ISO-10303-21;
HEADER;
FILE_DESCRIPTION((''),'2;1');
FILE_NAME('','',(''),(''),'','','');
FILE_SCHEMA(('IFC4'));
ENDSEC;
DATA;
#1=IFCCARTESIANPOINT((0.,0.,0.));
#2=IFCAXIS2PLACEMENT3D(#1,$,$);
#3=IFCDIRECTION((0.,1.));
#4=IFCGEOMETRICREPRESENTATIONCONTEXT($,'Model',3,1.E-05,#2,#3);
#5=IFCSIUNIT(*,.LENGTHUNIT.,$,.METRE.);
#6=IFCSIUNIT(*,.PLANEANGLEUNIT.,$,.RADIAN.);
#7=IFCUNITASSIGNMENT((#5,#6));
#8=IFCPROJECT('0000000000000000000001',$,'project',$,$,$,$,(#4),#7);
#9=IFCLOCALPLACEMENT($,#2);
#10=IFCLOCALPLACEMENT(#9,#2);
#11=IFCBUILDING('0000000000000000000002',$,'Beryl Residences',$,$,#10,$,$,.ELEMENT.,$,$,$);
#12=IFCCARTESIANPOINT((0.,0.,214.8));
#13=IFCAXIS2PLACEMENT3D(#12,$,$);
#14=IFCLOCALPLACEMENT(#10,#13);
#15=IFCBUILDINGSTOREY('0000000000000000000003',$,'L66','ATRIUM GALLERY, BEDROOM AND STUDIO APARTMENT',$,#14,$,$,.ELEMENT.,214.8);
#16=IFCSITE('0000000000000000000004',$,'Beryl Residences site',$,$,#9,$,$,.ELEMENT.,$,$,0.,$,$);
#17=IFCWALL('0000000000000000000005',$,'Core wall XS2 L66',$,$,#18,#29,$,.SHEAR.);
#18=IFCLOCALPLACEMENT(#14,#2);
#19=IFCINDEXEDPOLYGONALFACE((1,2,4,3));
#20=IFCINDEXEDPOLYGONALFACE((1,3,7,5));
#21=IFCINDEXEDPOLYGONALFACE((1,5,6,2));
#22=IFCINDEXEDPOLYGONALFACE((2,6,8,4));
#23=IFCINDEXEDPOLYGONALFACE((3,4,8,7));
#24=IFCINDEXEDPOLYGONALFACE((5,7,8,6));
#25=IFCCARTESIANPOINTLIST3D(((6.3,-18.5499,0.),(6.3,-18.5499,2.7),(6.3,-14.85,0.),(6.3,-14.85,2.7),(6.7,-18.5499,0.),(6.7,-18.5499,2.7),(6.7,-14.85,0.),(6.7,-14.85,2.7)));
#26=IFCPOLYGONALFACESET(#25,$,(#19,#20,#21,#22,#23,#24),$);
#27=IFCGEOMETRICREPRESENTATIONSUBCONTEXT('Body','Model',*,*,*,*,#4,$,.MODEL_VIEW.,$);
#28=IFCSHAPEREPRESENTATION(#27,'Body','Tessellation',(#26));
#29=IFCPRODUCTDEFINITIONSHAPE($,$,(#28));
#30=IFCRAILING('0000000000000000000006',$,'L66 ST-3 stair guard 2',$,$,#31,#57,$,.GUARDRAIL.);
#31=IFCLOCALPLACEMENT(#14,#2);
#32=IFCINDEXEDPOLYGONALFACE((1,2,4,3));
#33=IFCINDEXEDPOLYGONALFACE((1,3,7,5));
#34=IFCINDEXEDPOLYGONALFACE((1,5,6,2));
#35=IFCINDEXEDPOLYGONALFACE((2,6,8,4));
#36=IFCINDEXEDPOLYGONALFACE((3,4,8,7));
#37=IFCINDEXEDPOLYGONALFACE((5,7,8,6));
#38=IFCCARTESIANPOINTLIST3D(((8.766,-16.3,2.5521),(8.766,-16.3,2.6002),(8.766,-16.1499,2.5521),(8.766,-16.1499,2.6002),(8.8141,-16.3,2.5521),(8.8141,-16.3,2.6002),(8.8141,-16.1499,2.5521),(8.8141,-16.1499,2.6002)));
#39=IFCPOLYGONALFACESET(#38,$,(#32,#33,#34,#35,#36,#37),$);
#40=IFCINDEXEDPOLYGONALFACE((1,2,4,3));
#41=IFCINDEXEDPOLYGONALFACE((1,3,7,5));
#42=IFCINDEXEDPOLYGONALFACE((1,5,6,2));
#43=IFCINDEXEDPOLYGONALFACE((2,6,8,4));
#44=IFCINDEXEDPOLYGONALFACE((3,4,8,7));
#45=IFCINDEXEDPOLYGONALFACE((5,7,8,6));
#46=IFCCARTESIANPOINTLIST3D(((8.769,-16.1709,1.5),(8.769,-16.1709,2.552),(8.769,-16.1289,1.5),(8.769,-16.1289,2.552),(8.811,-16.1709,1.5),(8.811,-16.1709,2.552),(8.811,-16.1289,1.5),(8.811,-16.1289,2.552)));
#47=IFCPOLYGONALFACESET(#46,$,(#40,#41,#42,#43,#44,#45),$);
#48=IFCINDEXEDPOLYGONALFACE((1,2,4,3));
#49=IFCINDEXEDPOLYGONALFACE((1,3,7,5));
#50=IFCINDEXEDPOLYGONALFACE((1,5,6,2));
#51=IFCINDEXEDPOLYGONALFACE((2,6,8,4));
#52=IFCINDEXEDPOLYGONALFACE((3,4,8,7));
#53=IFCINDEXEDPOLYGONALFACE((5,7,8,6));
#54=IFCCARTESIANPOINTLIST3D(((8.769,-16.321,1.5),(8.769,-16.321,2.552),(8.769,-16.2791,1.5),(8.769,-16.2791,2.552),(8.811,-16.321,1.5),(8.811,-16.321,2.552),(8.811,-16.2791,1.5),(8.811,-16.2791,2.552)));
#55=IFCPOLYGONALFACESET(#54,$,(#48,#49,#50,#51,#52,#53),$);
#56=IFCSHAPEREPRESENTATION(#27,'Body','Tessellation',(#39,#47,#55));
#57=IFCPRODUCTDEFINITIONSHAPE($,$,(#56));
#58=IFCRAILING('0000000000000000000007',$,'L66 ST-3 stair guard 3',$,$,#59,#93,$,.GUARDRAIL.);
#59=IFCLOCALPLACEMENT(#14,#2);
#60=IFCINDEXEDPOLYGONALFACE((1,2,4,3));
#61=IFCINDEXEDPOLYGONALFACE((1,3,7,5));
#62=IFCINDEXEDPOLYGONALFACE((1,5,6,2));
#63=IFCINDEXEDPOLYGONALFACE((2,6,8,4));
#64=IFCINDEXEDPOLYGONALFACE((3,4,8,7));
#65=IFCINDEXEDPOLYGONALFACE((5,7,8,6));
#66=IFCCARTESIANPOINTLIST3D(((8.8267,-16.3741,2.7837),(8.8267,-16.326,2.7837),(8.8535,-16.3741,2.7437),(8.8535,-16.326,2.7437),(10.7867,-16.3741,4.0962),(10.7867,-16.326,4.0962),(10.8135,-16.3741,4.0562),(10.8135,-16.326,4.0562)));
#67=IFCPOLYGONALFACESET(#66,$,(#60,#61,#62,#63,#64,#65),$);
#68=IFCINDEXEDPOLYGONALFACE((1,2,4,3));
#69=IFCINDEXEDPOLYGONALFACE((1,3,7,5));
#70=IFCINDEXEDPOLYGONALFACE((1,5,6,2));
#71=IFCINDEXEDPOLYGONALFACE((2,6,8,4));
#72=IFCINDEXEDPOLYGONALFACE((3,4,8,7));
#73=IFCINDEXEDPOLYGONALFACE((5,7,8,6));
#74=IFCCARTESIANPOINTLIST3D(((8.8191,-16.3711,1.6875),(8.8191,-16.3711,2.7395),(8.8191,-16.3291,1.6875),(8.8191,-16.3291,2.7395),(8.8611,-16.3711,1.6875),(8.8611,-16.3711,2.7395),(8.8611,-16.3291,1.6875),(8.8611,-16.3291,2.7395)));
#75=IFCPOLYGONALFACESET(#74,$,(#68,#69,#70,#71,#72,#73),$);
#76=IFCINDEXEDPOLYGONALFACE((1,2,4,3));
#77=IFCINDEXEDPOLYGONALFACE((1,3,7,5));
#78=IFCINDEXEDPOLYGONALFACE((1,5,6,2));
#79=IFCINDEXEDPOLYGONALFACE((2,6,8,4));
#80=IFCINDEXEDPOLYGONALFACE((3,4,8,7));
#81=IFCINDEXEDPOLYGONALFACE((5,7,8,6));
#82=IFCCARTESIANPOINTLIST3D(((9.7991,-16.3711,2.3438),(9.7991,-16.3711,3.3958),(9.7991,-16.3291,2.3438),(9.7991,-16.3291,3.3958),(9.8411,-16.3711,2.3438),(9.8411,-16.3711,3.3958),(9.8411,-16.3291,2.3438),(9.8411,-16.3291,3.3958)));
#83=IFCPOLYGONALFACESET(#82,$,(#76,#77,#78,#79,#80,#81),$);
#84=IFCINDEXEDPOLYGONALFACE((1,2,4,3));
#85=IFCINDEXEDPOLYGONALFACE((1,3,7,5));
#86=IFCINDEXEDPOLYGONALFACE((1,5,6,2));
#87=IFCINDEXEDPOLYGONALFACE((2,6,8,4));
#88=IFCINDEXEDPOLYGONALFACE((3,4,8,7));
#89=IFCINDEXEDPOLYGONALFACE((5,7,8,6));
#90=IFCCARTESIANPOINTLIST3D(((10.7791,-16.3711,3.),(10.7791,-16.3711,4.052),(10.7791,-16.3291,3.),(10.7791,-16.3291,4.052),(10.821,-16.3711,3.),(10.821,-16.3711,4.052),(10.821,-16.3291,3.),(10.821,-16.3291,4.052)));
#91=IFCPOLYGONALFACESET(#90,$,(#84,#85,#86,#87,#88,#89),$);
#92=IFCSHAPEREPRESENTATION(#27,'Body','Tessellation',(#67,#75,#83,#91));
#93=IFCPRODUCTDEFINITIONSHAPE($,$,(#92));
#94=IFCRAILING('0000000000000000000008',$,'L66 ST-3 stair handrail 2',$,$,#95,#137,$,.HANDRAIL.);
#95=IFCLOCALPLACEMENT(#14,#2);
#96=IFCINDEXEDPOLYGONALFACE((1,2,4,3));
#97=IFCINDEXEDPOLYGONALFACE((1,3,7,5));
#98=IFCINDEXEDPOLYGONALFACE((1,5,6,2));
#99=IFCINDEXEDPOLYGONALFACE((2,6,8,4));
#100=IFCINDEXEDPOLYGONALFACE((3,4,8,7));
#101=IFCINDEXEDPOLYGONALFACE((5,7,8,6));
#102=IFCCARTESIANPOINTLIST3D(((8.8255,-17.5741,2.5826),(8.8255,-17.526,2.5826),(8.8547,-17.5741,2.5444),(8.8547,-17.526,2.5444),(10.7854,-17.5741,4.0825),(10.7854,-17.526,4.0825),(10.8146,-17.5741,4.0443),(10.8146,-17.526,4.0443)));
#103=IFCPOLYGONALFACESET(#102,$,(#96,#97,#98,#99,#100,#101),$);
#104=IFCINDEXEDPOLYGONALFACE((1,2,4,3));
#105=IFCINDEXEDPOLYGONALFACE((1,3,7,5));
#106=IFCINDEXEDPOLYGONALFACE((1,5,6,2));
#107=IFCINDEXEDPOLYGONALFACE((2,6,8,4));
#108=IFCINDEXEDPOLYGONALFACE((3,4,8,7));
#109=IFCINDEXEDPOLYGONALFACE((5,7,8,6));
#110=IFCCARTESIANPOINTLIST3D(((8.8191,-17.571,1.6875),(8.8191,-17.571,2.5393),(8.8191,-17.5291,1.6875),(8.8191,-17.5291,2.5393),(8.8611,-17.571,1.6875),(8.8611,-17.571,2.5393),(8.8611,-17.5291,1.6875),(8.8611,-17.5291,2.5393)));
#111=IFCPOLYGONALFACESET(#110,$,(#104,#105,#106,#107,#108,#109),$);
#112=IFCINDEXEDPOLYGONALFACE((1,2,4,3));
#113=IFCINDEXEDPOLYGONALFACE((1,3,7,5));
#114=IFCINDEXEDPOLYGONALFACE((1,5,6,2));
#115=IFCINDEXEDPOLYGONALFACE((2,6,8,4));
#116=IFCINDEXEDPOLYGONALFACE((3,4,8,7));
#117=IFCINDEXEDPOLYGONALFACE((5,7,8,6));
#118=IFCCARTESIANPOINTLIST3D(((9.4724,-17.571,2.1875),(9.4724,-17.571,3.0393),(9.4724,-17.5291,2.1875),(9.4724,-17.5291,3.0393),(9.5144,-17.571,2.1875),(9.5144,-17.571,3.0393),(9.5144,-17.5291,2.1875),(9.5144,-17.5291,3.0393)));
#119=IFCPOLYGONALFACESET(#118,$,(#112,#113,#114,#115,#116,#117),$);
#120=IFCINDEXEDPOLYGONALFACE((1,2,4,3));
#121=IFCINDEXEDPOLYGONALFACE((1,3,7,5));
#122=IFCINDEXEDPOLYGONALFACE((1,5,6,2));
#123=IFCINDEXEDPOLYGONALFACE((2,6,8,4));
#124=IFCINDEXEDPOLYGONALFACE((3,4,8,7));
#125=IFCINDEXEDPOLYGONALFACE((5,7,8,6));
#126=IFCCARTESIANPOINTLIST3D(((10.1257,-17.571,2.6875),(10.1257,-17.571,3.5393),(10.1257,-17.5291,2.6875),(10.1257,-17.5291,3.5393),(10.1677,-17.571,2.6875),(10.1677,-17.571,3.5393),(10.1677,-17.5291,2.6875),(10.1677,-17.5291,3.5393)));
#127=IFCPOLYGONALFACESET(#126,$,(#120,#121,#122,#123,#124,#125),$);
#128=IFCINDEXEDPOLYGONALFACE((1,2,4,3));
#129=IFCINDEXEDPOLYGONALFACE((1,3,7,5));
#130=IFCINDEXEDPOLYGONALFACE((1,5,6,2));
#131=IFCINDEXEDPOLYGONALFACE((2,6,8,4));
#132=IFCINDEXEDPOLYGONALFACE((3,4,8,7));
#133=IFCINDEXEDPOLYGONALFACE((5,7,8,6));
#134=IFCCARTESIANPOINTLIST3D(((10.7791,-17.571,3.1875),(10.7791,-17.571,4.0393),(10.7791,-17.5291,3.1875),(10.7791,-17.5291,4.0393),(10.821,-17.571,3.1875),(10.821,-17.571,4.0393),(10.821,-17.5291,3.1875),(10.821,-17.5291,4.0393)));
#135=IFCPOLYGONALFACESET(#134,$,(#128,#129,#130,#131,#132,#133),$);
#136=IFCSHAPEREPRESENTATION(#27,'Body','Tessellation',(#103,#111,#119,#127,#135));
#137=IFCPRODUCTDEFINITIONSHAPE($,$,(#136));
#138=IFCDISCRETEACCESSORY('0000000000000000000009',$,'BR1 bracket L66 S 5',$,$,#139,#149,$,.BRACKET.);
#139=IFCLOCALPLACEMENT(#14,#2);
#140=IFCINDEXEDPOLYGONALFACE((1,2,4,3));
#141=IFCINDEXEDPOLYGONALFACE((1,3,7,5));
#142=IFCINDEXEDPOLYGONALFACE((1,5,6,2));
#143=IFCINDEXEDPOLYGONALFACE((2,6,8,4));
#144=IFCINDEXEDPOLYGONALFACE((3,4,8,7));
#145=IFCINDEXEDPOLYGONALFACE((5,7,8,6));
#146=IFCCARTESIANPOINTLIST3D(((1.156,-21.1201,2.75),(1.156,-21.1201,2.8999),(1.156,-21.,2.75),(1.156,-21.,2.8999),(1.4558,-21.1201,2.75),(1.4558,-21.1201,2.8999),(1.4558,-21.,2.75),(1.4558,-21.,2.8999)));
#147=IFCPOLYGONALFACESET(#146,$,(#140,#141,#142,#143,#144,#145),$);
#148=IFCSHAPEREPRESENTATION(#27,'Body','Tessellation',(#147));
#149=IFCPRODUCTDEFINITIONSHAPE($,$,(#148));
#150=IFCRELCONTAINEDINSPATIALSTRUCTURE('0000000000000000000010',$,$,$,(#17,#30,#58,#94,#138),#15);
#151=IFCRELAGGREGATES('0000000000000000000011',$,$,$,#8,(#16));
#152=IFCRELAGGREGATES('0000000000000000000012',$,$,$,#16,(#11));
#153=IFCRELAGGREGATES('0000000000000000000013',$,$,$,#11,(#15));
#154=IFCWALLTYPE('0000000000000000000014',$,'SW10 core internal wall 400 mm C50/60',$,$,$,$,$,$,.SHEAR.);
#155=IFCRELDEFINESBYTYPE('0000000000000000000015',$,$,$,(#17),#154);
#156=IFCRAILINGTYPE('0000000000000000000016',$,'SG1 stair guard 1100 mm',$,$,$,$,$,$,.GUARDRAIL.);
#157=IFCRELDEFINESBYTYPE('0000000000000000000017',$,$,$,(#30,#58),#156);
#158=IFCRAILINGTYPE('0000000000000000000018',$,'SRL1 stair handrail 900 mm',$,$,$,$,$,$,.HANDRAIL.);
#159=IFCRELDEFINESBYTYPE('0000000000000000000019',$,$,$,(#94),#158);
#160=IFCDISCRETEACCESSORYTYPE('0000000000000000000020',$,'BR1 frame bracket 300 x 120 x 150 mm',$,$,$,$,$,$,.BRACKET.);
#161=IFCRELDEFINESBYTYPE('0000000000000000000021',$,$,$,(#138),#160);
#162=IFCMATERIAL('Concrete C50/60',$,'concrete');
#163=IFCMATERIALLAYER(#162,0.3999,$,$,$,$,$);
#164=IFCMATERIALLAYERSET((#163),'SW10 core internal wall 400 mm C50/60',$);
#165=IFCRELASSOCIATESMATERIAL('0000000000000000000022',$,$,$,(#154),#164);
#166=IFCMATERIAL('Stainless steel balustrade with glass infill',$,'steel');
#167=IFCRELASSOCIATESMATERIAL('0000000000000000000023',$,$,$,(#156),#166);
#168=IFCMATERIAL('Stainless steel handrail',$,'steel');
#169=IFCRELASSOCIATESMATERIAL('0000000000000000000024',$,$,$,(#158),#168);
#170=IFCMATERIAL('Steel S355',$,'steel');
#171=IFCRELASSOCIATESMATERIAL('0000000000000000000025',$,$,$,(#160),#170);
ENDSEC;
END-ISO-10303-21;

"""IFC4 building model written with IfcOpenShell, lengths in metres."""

from ifc_helpers import new_model, si_unit, direction, frame, frame_2d, origin, origin_2d, place, context, subcontext, project, spatial, polyline, rectangle, outline, extrude, source, transform, mapped, material, layer, layer_set, type_object, type_shapes, element, save


model = new_model("IFC4")

# Units and contexts
model_context = context("Model", 3, precision=1e-05, world=origin(), true_north=direction((0.0, 1.0)))
body_context = subcontext(model_context, "Body", "Model", "MODEL_VIEW")
ifc_project = project(units=[si_unit("LENGTHUNIT", "METRE"), si_unit("PLANEANGLEUNIT", "RADIAN")], contexts=[model_context])

# Site, building, storey
site_placement = place(None, origin())
site = spatial("IfcSite", under=ifc_project, at=site_placement, Name="Beryl Residences site", CompositionType="ELEMENT", RefElevation=0.0)
building_placement = place(site_placement, origin())
building = spatial("IfcBuilding", under=site, at=building_placement, Name="Beryl Residences", CompositionType="ELEMENT")
storey_placement = place(building_placement, frame((0.0, 0.0, 214.8)))
storey = spatial("IfcBuildingStorey", under=building, at=storey_placement, Name="L66", Description="ATRIUM GALLERY, BEDROOM AND STUDIO APARTMENT", CompositionType="ELEMENT", Elevation=214.8)

# Wall
ifc_material_1 = material(Name="Concrete C50/60", Category="concrete")
ifc_layer_1 = layer(ifc_material_1, 0.3999)
ifc_layer_set_1 = layer_set([ifc_layer_1], Name="SW10 core internal wall 400 mm C50/60")
wall_type_1 = type_object("IfcWallType", Name="SW10 core internal wall 400 mm C50/60", PredefinedType="SHEAR", material=ifc_layer_set_1)
wall_1_placement = place(storey_placement, frame((6.5, -18.55, 0.0), z_axis=(0.0, 0.0, 1.0), x_axis=(0.0, 1.0, 0.0)))
element("IfcWall", 1, at=wall_1_placement, inside=storey, type_object=wall_type_1, Name="Core wall XS2 L66", PredefinedType="SHEAR", context=body_context, shape_type="SweptSolid", body=[
    extrude(rectangle(XDim=3.7, YDim=0.3999, at=frame_2d((1.8501, 0.0))), origin(), (0.0, 0.0, 1.0), 2.7),
])

# Railings
ifc_material_2 = material(Name="Stainless steel balustrade with glass infill", Category="steel")
railing_type_1 = type_object("IfcRailingType", Name="SG1 stair guard 1100 mm", PredefinedType="GUARDRAIL", material=ifc_material_2)
railing_1_placement = place(storey_placement, frame((8.79, -16.1499, 1.5)))
element("IfcRailing", 2, at=railing_1_placement, inside=storey, type_object=railing_type_1, Name="L66 ST-3 stair guard 2", PredefinedType="GUARDRAIL", context=body_context, shape_type="SweptSolid", body=[
    extrude(rectangle(XDim=0.0481, YDim=0.0481, at=origin_2d()), frame((0.0, 0.0, 1.0762), z_axis=(0.0, -1.0, 0.0), x_axis=(1.0, 0.0, 0.0)), (0.0, 0.0, 1.0), 0.1501),
    extrude(rectangle(XDim=0.042, YDim=0.042, at=origin_2d()), origin(), (0.0, 0.0, 1.0), 1.052),
    extrude(rectangle(XDim=0.042, YDim=0.042, at=origin_2d()), frame((0.0, -0.1501, 0.0)), (0.0, 0.0, 1.0), 1.052),
])
railing_2_placement = place(storey_placement, frame((8.8401, -16.3501, 1.6875)))
element("IfcRailing", 3, at=railing_2_placement, inside=storey, type_object=railing_type_1, Name="L66 ST-3 stair guard 3", PredefinedType="GUARDRAIL", context=body_context, shape_type="SweptSolid", body=[
    extrude(rectangle(XDim=0.0481, YDim=0.0481, at=origin_2d()), frame((0.0, 0.0, 1.0762), z_axis=(0.830902, 0.0, 0.556419), x_axis=(0.0, 1.0, 0.0)), (0.0, 0.0, 1.0), 2.3589),
    extrude(rectangle(XDim=0.042, YDim=0.042, at=origin_2d()), origin(), (0.0, 0.0, 1.0), 1.052),
    extrude(rectangle(XDim=0.042, YDim=0.042, at=origin_2d()), frame((0.98, 0.0, 0.6562)), (0.0, 0.0, 1.0), 1.052),
    extrude(rectangle(XDim=0.042, YDim=0.042, at=origin_2d()), frame((1.96, 0.0, 1.3125)), (0.0, 0.0, 1.0), 1.052),
])
ifc_material_3 = material(Name="Stainless steel handrail", Category="steel")
railing_type_2 = type_object("IfcRailingType", Name="SRL1 stair handrail 900 mm", PredefinedType="HANDRAIL", material=ifc_material_3)
railing_3_placement = place(storey_placement, frame((8.8401, -17.55, 1.6875)))
element("IfcRailing", 4, at=railing_3_placement, inside=storey, type_object=railing_type_2, Name="L66 ST-3 stair handrail 2", PredefinedType="HANDRAIL", context=body_context, shape_type="SweptSolid", body=[
    extrude(rectangle(XDim=0.0481, YDim=0.0481, at=origin_2d()), frame((0.0, 0.0, 0.876), z_axis=(0.794122, 0.0, 0.607758), x_axis=(0.0, 1.0, 0.0)), (0.0, 0.0, 1.0), 2.468),
    extrude(rectangle(XDim=0.042, YDim=0.042, at=origin_2d()), origin(), (0.0, 0.0, 1.0), 0.8518),
    extrude(rectangle(XDim=0.042, YDim=0.042, at=origin_2d()), frame((0.6533, 0.0, 0.5)), (0.0, 0.0, 1.0), 0.8518),
    extrude(rectangle(XDim=0.042, YDim=0.042, at=origin_2d()), frame((1.3066, 0.0, 1.0)), (0.0, 0.0, 1.0), 0.8518),
    extrude(rectangle(XDim=0.042, YDim=0.042, at=origin_2d()), frame((1.96, 0.0, 1.5)), (0.0, 0.0, 1.0), 0.8518),
])

# Discrete accessory
ifc_material_4 = material(Name="Steel S355", Category="steel")
discrete_accessory_type = type_object("IfcDiscreteAccessoryType", Name="BR1 frame bracket 300 x 120 x 150 mm", PredefinedType="BRACKET", material=ifc_material_4)
shared_shape_1 = source(origin(), body_context, "Body", "SweptSolid", [
    extrude(outline(polyline([(-0.1499, 0.0), (0.1499, 0.0), (0.1499, 0.1201), (-0.1499, 0.1201), (-0.1499, 0.0)])), origin(), (0.0, 0.0, 1.0), 0.1499),
])
type_shapes(discrete_accessory_type, [shared_shape_1])
discrete_accessory_placement = place(storey_placement, frame((1.3059, -21.0, 2.75), z_axis=(0.0, 0.0, 1.0), x_axis=(-1.0, 0.0, 0.0)))
element("IfcDiscreteAccessory", 5, at=discrete_accessory_placement, inside=storey, type_object=discrete_accessory_type, Name="BR1 bracket L66 S 5", PredefinedType="BRACKET", context=body_context, shape_type="MappedRepresentation", body=[
    mapped(shared_shape_1, transform((0.0, 0.0, 0.0))),
])

save(model, "model.ifc")
